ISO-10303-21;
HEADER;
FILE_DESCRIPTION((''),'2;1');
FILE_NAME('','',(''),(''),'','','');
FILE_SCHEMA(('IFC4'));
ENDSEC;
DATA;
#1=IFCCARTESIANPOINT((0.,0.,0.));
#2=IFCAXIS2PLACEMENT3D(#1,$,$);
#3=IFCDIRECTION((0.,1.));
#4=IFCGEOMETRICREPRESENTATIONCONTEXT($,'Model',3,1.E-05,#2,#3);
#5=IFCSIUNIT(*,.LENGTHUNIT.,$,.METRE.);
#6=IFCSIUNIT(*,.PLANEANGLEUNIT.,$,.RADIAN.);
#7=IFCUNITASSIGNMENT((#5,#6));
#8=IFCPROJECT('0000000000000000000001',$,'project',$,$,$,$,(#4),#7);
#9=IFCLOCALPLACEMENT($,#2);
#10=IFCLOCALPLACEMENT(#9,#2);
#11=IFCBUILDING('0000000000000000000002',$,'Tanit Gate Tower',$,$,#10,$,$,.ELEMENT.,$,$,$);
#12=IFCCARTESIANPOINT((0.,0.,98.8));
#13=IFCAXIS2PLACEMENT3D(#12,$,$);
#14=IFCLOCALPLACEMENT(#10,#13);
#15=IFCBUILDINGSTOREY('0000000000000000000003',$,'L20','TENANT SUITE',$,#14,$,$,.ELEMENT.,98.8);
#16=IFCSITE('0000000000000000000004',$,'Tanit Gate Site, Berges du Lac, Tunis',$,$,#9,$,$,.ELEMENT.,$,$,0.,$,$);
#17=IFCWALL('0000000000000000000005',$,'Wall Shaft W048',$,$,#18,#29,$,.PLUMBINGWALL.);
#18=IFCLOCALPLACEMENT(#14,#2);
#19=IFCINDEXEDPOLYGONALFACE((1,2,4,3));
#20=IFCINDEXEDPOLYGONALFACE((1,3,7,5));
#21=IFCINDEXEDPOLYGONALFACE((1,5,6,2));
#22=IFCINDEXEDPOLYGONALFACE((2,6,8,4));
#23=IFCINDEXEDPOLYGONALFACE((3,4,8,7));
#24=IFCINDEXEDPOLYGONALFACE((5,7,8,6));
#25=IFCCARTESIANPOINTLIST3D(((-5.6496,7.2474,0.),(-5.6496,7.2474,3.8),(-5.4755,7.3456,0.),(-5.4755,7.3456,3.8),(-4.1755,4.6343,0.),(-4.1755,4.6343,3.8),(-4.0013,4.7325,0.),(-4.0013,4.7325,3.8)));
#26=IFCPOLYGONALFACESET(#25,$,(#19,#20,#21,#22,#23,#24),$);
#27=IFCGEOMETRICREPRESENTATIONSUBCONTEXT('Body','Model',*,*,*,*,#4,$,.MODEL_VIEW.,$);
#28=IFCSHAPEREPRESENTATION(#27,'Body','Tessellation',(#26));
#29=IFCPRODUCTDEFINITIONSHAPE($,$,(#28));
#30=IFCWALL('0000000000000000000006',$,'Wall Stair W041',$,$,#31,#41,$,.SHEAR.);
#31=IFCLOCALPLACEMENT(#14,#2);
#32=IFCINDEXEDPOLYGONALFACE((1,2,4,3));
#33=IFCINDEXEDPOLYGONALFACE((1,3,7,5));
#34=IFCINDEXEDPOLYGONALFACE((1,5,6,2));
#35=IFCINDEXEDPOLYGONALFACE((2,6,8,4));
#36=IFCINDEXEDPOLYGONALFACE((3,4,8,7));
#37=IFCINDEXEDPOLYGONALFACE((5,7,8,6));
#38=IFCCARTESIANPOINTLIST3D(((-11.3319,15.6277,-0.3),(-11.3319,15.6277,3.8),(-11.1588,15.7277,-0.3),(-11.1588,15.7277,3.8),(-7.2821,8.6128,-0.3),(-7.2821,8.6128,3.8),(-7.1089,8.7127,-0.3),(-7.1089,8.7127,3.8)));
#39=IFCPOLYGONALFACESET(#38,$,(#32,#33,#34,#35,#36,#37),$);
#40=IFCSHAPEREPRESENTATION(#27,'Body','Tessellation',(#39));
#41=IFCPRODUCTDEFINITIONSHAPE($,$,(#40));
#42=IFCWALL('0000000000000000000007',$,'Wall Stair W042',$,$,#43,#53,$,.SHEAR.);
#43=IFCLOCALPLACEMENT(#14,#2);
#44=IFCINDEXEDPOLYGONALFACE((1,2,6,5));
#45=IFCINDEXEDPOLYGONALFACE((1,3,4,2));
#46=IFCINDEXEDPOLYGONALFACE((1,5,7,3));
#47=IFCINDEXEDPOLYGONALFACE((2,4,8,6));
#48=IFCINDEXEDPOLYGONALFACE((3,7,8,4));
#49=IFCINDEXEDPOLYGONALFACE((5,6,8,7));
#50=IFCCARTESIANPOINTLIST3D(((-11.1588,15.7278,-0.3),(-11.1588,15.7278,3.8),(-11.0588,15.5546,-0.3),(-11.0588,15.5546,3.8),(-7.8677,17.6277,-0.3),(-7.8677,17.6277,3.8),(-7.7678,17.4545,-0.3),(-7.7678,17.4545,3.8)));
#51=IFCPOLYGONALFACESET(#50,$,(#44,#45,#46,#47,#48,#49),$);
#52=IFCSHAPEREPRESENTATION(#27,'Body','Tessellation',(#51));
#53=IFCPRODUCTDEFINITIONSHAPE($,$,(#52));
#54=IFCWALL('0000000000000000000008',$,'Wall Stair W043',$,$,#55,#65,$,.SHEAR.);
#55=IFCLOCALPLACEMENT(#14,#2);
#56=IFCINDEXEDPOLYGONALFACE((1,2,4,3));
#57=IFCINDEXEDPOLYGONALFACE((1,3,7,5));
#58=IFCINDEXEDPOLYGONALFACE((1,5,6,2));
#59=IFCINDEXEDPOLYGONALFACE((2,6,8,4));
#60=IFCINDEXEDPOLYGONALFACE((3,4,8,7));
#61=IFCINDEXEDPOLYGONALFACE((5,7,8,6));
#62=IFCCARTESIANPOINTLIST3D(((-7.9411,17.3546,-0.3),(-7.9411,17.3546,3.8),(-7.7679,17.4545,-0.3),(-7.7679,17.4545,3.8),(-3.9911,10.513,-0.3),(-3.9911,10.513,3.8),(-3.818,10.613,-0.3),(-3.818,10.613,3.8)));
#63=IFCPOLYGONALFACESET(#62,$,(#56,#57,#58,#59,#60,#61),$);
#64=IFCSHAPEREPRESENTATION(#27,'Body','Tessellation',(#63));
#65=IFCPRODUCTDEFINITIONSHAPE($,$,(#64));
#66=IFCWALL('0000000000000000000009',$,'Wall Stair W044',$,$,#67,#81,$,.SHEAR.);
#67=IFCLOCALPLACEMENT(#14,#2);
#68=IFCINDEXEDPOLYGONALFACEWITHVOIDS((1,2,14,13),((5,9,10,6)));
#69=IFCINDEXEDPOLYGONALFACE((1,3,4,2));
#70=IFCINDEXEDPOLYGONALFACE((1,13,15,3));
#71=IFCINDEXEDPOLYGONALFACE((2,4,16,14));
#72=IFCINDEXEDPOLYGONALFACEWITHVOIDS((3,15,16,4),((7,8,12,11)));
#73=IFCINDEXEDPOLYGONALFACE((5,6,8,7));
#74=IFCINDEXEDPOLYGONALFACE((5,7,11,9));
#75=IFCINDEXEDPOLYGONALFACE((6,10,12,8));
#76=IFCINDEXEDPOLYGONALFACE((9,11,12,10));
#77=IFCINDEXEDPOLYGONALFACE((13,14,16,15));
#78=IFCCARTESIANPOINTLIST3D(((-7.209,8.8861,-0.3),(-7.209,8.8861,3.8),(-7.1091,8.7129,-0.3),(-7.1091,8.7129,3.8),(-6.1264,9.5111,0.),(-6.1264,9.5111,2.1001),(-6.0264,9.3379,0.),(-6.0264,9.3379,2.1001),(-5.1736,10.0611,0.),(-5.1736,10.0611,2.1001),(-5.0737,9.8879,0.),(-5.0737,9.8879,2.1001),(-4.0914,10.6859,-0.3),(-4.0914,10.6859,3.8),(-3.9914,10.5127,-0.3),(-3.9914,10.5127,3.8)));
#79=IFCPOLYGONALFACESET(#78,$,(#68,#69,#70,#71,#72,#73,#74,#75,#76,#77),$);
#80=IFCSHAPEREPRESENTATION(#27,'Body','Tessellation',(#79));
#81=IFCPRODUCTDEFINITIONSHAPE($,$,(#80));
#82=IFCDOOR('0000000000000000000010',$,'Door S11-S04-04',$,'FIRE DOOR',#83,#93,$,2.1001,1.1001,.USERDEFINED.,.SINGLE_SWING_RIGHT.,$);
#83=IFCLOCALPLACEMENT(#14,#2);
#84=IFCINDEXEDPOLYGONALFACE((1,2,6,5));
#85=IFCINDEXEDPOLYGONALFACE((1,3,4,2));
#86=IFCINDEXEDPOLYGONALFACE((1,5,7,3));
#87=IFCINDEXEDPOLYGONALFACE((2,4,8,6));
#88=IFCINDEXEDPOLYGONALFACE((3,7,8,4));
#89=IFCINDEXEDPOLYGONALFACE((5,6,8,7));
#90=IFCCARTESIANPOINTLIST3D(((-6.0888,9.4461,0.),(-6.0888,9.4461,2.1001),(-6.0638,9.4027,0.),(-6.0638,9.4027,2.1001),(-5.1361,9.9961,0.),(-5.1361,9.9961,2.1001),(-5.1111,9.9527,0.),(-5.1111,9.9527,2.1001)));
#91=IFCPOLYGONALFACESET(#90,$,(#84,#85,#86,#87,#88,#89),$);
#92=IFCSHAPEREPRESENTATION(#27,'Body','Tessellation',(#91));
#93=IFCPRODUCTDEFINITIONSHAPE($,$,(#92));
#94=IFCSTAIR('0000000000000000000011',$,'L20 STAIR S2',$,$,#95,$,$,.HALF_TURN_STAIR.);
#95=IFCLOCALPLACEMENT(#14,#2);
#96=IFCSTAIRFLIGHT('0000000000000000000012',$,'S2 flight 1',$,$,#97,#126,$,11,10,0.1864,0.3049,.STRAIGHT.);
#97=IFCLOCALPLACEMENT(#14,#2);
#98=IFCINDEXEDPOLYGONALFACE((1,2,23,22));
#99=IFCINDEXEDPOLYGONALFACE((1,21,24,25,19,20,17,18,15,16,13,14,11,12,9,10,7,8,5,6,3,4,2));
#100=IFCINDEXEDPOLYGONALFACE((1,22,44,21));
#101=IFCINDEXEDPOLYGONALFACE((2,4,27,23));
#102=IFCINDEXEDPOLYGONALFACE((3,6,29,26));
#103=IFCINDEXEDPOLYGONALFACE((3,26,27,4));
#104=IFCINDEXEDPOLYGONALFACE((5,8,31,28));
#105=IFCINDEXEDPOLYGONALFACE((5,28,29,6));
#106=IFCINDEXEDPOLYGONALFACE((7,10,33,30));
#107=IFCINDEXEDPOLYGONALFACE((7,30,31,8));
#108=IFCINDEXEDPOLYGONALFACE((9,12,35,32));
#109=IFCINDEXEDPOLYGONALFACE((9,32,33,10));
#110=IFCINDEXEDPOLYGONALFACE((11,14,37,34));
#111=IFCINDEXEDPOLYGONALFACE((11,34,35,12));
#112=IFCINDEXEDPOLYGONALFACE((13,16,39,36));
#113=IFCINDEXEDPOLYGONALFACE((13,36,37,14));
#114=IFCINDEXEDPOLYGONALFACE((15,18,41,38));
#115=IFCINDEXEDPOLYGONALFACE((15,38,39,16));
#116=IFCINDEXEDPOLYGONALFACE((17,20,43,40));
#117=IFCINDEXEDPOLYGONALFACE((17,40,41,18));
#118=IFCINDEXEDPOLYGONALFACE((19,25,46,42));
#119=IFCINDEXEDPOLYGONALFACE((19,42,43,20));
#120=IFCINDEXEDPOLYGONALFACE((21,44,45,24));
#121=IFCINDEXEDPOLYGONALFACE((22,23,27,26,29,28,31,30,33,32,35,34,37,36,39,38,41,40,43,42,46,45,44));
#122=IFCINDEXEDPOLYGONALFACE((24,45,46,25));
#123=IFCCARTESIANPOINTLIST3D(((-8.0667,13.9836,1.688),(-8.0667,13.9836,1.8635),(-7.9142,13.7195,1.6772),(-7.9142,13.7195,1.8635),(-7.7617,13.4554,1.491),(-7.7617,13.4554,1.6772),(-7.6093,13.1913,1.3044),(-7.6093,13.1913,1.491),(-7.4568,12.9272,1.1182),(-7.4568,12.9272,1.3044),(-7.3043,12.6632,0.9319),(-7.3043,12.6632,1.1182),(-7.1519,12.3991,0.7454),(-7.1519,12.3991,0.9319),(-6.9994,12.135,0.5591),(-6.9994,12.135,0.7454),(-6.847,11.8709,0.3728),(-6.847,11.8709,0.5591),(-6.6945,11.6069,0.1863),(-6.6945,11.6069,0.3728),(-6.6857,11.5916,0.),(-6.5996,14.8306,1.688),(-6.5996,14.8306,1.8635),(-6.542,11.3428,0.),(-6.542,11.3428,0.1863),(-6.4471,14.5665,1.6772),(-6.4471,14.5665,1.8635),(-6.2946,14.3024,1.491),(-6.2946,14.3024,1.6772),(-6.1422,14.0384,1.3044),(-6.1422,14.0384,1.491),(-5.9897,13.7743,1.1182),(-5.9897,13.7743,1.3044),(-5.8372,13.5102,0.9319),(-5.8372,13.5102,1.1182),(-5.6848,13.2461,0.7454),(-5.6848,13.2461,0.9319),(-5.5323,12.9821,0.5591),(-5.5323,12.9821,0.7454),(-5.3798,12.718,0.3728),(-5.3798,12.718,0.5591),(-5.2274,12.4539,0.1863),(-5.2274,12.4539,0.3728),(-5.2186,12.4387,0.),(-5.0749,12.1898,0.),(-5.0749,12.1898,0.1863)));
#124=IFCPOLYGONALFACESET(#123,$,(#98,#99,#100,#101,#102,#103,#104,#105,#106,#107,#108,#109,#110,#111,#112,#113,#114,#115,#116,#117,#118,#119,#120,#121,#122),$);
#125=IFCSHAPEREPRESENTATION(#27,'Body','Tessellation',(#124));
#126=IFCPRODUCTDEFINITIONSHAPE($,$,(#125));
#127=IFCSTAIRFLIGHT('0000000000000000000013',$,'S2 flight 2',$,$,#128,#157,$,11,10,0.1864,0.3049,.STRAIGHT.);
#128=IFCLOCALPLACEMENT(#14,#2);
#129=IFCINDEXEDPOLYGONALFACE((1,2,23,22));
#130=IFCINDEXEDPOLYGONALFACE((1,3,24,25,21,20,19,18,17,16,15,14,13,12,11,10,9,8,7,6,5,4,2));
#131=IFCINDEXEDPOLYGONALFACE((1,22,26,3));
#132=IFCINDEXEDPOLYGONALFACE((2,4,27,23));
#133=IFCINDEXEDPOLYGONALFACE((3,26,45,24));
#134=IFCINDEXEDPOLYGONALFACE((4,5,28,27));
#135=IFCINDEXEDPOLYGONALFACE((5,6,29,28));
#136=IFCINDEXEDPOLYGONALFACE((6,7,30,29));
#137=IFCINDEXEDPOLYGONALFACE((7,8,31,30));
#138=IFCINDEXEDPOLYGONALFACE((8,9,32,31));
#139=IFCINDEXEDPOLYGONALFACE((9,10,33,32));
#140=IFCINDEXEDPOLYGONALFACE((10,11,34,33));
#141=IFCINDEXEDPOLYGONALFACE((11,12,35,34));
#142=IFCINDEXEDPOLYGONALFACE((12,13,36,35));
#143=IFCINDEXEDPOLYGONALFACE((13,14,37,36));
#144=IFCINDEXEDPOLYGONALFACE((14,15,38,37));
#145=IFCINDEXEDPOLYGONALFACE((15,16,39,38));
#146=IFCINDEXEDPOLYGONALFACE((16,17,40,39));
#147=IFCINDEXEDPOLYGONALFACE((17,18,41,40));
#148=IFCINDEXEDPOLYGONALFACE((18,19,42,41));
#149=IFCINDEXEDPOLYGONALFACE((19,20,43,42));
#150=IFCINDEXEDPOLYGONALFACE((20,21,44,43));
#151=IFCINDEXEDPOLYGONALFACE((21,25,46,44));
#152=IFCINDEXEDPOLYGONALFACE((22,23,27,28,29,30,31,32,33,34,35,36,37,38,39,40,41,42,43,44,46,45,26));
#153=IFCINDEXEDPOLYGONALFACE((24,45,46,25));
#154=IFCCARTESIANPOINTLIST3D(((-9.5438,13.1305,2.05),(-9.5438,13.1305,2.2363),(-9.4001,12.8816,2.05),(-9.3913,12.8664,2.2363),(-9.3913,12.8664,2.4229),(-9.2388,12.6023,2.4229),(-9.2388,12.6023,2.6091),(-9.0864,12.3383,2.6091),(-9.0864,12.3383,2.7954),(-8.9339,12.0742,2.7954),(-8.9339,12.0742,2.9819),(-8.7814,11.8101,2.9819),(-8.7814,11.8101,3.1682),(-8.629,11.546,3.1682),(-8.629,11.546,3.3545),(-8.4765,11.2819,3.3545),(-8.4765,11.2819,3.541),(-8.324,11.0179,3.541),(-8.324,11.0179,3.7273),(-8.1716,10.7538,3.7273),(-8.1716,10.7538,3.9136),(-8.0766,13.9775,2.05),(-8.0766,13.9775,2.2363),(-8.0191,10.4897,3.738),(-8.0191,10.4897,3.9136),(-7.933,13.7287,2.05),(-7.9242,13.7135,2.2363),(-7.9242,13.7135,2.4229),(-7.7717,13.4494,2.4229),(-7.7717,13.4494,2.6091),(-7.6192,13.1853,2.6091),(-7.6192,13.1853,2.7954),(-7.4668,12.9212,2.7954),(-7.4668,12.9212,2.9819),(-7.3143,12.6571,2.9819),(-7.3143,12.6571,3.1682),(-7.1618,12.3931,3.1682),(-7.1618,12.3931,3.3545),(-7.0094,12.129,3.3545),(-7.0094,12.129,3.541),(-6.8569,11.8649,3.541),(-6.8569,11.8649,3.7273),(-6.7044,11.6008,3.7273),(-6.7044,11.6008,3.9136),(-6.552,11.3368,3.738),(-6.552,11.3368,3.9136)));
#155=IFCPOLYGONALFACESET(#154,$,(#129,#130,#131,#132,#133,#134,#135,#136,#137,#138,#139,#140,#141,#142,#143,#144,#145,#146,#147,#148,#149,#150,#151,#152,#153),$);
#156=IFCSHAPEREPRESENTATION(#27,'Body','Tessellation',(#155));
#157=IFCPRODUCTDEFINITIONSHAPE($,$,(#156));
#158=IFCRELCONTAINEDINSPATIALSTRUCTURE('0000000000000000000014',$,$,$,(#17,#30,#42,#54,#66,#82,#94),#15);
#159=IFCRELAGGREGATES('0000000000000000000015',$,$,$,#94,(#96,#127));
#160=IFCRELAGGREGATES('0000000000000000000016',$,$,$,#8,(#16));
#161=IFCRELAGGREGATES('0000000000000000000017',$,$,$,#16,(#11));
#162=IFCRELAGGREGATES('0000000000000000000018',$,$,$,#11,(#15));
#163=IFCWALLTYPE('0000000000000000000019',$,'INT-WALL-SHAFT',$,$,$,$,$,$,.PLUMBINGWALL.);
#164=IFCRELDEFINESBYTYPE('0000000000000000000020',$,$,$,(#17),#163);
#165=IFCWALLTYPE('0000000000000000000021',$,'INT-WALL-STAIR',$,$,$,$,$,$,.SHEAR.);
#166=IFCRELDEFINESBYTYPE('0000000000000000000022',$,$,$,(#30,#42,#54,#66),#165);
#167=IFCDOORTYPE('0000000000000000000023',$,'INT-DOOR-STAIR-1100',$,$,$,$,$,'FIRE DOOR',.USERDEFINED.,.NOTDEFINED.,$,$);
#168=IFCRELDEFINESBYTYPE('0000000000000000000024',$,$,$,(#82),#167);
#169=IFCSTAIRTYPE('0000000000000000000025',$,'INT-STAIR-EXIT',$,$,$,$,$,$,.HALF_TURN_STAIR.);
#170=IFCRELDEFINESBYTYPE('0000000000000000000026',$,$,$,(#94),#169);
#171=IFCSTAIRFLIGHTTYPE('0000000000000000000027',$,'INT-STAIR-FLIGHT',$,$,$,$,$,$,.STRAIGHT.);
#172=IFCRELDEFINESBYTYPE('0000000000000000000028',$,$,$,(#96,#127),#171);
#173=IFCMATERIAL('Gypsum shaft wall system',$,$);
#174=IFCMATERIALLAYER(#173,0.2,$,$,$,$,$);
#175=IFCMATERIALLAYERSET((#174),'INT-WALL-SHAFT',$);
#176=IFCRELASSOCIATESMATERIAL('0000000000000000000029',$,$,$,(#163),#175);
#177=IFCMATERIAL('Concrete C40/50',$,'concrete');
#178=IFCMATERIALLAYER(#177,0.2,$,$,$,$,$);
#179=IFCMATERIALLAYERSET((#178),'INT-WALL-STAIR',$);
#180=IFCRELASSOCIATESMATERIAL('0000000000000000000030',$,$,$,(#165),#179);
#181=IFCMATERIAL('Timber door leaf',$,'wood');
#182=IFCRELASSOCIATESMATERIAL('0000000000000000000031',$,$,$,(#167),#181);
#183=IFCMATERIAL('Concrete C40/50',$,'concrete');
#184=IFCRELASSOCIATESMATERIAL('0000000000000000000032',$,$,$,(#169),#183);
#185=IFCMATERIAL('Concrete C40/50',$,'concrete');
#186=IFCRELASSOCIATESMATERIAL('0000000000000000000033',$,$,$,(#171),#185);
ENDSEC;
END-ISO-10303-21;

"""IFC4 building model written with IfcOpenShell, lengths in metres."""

from ifc_helpers import new_model, si_unit, direction, frame, frame_2d, origin, place, context, subcontext, project, spatial, polyline, rectangle, outline, extrude, material, layer, layer_set, type_object, element, fill, aggregate, save


model = new_model("IFC4")

# Units and contexts
model_context = context("Model", 3, precision=1e-05, world=origin(), true_north=direction((0.0, 1.0)))
body_context = subcontext(model_context, "Body", "Model", "MODEL_VIEW")
ifc_project = project(units=[si_unit("LENGTHUNIT", "METRE"), si_unit("PLANEANGLEUNIT", "RADIAN")], contexts=[model_context])

# Site, building, storey
site_placement = place(None, origin())
site = spatial("IfcSite", under=ifc_project, at=site_placement, Name="Tanit Gate Site, Berges du Lac, Tunis", CompositionType="ELEMENT", RefElevation=0.0)
building_placement = place(site_placement, origin())
building = spatial("IfcBuilding", under=site, at=building_placement, Name="Tanit Gate Tower", CompositionType="ELEMENT")
storey_placement = place(building_placement, frame((0.0, 0.0, 98.8)))
storey = spatial("IfcBuildingStorey", under=building, at=storey_placement, Name="L20", Description="TENANT SUITE", CompositionType="ELEMENT", Elevation=98.8)

# Shared definitions
ifc_material_1 = material(Name="Gypsum shaft wall system")
ifc_layer_1 = layer(ifc_material_1, 0.2)
ifc_layer_set_1 = layer_set([ifc_layer_1], Name="INT-WALL-SHAFT")
wall_type_1 = type_object("IfcWallType", Name="INT-WALL-SHAFT", PredefinedType="PLUMBINGWALL", material=ifc_layer_set_1)

# Walls
wall_1_placement = place(storey_placement, frame((-5.5625, 7.2964, 0.0), z_axis=(0.0, 0.0, 1.0), x_axis=(0.491347, -0.870964, 0.0)))
element("IfcWall", 1, at=wall_1_placement, inside=storey, type_object=wall_type_1, Name="Wall Shaft W048", PredefinedType="PLUMBINGWALL", context=body_context, shape_type="SweptSolid", body=[
    extrude(rectangle(XDim=3.0002, YDim=0.2, at=frame_2d((1.5, 0.0))), origin(), (0.0, 0.0, 1.0), 3.8),
])
ifc_material_2 = material(Name="Concrete C40/50", Category="concrete")
ifc_layer_2 = layer(ifc_material_2, 0.2)
ifc_layer_set_2 = layer_set([ifc_layer_2], Name="INT-WALL-STAIR")
wall_type_2 = type_object("IfcWallType", Name="INT-WALL-STAIR", PredefinedType="SHEAR", material=ifc_layer_set_2)
wall_2_placement = place(storey_placement, frame((-11.2454, 15.6777, -0.3), z_axis=(0.0, 0.0, 1.0), x_axis=(0.499977, -0.866039, 0.0)))
element("IfcWall", 2, at=wall_2_placement, inside=storey, type_object=wall_type_2, Name="Wall Stair W041", PredefinedType="SHEAR", context=body_context, shape_type="SweptSolid", body=[
    extrude(rectangle(XDim=8.1001, YDim=0.2, at=frame_2d((4.05, 0.0))), origin(), (0.0, 0.0, 1.0), 4.1001),
])
wall_3_placement = place(storey_placement, frame((-7.8179, 17.541, -0.3), z_axis=(0.0, 0.0, 1.0), x_axis=(-0.866044, -0.499967, 0.0)))
element("IfcWall", 3, at=wall_3_placement, inside=storey, type_object=wall_type_2, Name="Wall Stair W042", PredefinedType="SHEAR", context=body_context, shape_type="SweptSolid", body=[
    extrude(rectangle(XDim=3.8, YDim=0.2, at=frame_2d((1.8999, 0.0))), origin(), (0.0, 0.0, 1.0), 4.1001),
])
wall_4_placement = place(storey_placement, frame((-7.8545, 17.4045, -0.3), z_axis=(0.0, 0.0, 1.0), x_axis=(0.499998, -0.866027, 0.0)))
element("IfcWall", 4, at=wall_4_placement, inside=storey, type_object=wall_type_2, Name="Wall Stair W043", PredefinedType="SHEAR", context=body_context, shape_type="SweptSolid", body=[
    extrude(rectangle(XDim=7.8999, YDim=0.2, at=frame_2d((3.95, 0.0))), origin(), (0.0, 0.0, 1.0), 4.1001),
])

# Wall, opening, door
wall_5_placement = place(storey_placement, frame((-7.1589, 8.7996, -0.3), z_axis=(0.0, 0.0, 1.0), x_axis=(0.866048, 0.499961, 0.0)))
wall_5 = element("IfcWall", 5, at=wall_5_placement, inside=storey, type_object=wall_type_2, Name="Wall Stair W044", PredefinedType="SHEAR", context=body_context, shape_type="SweptSolid", body=[
    extrude(rectangle(XDim=3.5999, YDim=0.2, at=frame_2d((1.7998, 0.0))), origin(), (0.0, 0.0, 1.0), 4.1001),
])
opening_1_placement = place(wall_5_placement, frame((1.25, 0.0, 0.3)))
opening_1 = element("IfcOpeningElement", 6, at=opening_1_placement, cuts=wall_5, PredefinedType="OPENING", context=body_context, shape_type="SweptSolid", body=[
    extrude(rectangle(XDim=1.1001, YDim=2.1001, at=frame_2d((0.55, 1.05))), frame((0.0, 0.1099, 0.0), z_axis=(0.0, -1.0, 0.0), x_axis=(1.0, 0.0, 0.0)), (0.0, 0.0, 1.0), 0.22),
])
ifc_material_3 = material(Name="Timber door leaf", Category="wood")
door_type_1 = type_object("IfcDoorType", Name="INT-DOOR-STAIR-1100", ElementType="FIRE DOOR", OperationType="NOTDEFINED", PredefinedType="USERDEFINED", material=ifc_material_3)
door_1_placement = place(opening_1_placement, origin())
door_1 = element("IfcDoor", 7, at=door_1_placement, inside=storey, type_object=door_type_1, Name="Door S11-S04-04", ObjectType="FIRE DOOR", OperationType="SINGLE_SWING_RIGHT", OverallHeight=2.1001, OverallWidth=1.1001, PredefinedType="USERDEFINED", context=body_context, shape_type="SweptSolid", body=[
    extrude(rectangle(XDim=1.1001, YDim=2.1001, at=frame_2d((0.55, 1.05))), frame((0.0, 0.0249, 0.0), z_axis=(0.0, -1.0, 0.0), x_axis=(1.0, 0.0, 0.0)), (0.0, 0.0, 1.0), 0.05),
])
fill(opening_1, door_1)

# Stair, stair flights
ifc_material_4 = material(Name="Concrete C40/50", Category="concrete")
stair_type = type_object("IfcStairType", Name="INT-STAIR-EXIT", PredefinedType="HALF_TURN_STAIR", material=ifc_material_4)
stair_placement = place(storey_placement, origin())
stair = element("IfcStair", 8, at=stair_placement, inside=storey, type_object=stair_type, Name="L20 STAIR S2", PredefinedType="HALF_TURN_STAIR")
ifc_material_5 = material(Name="Concrete C40/50", Category="concrete")
stair_flight_type = type_object("IfcStairFlightType", Name="INT-STAIR-FLIGHT", PredefinedType="STRAIGHT", material=ifc_material_5)
stair_flight_1_placement = place(storey_placement, frame((-5.8083, 11.7664, 0.0), z_axis=(0.0, 0.0, 1.0), x_axis=(-0.5, 0.866025, 0.0)))
stair_flight_1 = element("IfcStairFlight", 9, at=stair_flight_1_placement, type_object=stair_flight_type, Name="S2 flight 1", NumberOfRisers=11, NumberOfTreads=10, PredefinedType="STRAIGHT", RiserHeight=0.1864, TreadLength=0.3049, context=body_context, shape_type="SweptSolid", body=[
    extrude(outline(polyline([(0.0, 0.0), (0.0, 0.1863), (0.3049, 0.1863), (0.3049, 0.3728), (0.6099, 0.3728), (0.6099, 0.5591), (0.9148, 0.5591), (0.9148, 0.7454), (1.2197, 0.7454), (1.2197, 0.9319), (1.5247, 0.9319), (1.5247, 1.1182), (1.8296, 1.1182), (1.8296, 1.3044), (2.1345, 1.3044), (2.1345, 1.491), (2.4395, 1.491), (2.4395, 1.6772), (2.7444, 1.6772), (2.7444, 1.8635), (3.0493, 1.8635), (3.0493, 2.05), (3.0493, 1.688), (0.2874, 0.0), (0.0, 0.0)])), frame((0.0, 0.8472, 0.0), z_axis=(0.0, -1.0, 0.0), x_axis=(1.0, 0.0, 0.0)), (0.0, 0.0, 1.0), 1.6941),
])
stair_flight_2_placement = place(storey_placement, frame((-8.8103, 13.554, 2.05), z_axis=(0.0, 0.0, 1.0), x_axis=(0.5, -0.866025, 0.0)))
stair_flight_2 = element("IfcStairFlight", 10, at=stair_flight_2_placement, type_object=stair_flight_type, Name="S2 flight 2", NumberOfRisers=11, NumberOfTreads=10, PredefinedType="STRAIGHT", RiserHeight=0.1864, TreadLength=0.3049, context=body_context, shape_type="SweptSolid", body=[
    extrude(outline(polyline([(0.0, 0.0), (0.0, 0.1863), (0.3049, 0.1863), (0.3049, 0.3728), (0.6099, 0.3728), (0.6099, 0.5591), (0.9148, 0.5591), (0.9148, 0.7454), (1.2197, 0.7454), (1.2197, 0.9319), (1.5247, 0.9319), (1.5247, 1.1182), (1.8296, 1.1182), (1.8296, 1.3044), (2.1345, 1.3044), (2.1345, 1.491), (2.4395, 1.491), (2.4395, 1.6772), (2.7444, 1.6772), (2.7444, 1.8635), (3.0493, 1.8635), (3.0493, 2.05), (3.0493, 1.688), (0.2874, 0.0), (0.0, 0.0)])), frame((0.0, 0.8472, 0.0), z_axis=(0.0, -1.0, 0.0), x_axis=(1.0, 0.0, 0.0)), (0.0, 0.0, 1.0), 1.6941),
])
aggregate(stair, [stair_flight_1, stair_flight_2])

save(model, "model.ifc")
